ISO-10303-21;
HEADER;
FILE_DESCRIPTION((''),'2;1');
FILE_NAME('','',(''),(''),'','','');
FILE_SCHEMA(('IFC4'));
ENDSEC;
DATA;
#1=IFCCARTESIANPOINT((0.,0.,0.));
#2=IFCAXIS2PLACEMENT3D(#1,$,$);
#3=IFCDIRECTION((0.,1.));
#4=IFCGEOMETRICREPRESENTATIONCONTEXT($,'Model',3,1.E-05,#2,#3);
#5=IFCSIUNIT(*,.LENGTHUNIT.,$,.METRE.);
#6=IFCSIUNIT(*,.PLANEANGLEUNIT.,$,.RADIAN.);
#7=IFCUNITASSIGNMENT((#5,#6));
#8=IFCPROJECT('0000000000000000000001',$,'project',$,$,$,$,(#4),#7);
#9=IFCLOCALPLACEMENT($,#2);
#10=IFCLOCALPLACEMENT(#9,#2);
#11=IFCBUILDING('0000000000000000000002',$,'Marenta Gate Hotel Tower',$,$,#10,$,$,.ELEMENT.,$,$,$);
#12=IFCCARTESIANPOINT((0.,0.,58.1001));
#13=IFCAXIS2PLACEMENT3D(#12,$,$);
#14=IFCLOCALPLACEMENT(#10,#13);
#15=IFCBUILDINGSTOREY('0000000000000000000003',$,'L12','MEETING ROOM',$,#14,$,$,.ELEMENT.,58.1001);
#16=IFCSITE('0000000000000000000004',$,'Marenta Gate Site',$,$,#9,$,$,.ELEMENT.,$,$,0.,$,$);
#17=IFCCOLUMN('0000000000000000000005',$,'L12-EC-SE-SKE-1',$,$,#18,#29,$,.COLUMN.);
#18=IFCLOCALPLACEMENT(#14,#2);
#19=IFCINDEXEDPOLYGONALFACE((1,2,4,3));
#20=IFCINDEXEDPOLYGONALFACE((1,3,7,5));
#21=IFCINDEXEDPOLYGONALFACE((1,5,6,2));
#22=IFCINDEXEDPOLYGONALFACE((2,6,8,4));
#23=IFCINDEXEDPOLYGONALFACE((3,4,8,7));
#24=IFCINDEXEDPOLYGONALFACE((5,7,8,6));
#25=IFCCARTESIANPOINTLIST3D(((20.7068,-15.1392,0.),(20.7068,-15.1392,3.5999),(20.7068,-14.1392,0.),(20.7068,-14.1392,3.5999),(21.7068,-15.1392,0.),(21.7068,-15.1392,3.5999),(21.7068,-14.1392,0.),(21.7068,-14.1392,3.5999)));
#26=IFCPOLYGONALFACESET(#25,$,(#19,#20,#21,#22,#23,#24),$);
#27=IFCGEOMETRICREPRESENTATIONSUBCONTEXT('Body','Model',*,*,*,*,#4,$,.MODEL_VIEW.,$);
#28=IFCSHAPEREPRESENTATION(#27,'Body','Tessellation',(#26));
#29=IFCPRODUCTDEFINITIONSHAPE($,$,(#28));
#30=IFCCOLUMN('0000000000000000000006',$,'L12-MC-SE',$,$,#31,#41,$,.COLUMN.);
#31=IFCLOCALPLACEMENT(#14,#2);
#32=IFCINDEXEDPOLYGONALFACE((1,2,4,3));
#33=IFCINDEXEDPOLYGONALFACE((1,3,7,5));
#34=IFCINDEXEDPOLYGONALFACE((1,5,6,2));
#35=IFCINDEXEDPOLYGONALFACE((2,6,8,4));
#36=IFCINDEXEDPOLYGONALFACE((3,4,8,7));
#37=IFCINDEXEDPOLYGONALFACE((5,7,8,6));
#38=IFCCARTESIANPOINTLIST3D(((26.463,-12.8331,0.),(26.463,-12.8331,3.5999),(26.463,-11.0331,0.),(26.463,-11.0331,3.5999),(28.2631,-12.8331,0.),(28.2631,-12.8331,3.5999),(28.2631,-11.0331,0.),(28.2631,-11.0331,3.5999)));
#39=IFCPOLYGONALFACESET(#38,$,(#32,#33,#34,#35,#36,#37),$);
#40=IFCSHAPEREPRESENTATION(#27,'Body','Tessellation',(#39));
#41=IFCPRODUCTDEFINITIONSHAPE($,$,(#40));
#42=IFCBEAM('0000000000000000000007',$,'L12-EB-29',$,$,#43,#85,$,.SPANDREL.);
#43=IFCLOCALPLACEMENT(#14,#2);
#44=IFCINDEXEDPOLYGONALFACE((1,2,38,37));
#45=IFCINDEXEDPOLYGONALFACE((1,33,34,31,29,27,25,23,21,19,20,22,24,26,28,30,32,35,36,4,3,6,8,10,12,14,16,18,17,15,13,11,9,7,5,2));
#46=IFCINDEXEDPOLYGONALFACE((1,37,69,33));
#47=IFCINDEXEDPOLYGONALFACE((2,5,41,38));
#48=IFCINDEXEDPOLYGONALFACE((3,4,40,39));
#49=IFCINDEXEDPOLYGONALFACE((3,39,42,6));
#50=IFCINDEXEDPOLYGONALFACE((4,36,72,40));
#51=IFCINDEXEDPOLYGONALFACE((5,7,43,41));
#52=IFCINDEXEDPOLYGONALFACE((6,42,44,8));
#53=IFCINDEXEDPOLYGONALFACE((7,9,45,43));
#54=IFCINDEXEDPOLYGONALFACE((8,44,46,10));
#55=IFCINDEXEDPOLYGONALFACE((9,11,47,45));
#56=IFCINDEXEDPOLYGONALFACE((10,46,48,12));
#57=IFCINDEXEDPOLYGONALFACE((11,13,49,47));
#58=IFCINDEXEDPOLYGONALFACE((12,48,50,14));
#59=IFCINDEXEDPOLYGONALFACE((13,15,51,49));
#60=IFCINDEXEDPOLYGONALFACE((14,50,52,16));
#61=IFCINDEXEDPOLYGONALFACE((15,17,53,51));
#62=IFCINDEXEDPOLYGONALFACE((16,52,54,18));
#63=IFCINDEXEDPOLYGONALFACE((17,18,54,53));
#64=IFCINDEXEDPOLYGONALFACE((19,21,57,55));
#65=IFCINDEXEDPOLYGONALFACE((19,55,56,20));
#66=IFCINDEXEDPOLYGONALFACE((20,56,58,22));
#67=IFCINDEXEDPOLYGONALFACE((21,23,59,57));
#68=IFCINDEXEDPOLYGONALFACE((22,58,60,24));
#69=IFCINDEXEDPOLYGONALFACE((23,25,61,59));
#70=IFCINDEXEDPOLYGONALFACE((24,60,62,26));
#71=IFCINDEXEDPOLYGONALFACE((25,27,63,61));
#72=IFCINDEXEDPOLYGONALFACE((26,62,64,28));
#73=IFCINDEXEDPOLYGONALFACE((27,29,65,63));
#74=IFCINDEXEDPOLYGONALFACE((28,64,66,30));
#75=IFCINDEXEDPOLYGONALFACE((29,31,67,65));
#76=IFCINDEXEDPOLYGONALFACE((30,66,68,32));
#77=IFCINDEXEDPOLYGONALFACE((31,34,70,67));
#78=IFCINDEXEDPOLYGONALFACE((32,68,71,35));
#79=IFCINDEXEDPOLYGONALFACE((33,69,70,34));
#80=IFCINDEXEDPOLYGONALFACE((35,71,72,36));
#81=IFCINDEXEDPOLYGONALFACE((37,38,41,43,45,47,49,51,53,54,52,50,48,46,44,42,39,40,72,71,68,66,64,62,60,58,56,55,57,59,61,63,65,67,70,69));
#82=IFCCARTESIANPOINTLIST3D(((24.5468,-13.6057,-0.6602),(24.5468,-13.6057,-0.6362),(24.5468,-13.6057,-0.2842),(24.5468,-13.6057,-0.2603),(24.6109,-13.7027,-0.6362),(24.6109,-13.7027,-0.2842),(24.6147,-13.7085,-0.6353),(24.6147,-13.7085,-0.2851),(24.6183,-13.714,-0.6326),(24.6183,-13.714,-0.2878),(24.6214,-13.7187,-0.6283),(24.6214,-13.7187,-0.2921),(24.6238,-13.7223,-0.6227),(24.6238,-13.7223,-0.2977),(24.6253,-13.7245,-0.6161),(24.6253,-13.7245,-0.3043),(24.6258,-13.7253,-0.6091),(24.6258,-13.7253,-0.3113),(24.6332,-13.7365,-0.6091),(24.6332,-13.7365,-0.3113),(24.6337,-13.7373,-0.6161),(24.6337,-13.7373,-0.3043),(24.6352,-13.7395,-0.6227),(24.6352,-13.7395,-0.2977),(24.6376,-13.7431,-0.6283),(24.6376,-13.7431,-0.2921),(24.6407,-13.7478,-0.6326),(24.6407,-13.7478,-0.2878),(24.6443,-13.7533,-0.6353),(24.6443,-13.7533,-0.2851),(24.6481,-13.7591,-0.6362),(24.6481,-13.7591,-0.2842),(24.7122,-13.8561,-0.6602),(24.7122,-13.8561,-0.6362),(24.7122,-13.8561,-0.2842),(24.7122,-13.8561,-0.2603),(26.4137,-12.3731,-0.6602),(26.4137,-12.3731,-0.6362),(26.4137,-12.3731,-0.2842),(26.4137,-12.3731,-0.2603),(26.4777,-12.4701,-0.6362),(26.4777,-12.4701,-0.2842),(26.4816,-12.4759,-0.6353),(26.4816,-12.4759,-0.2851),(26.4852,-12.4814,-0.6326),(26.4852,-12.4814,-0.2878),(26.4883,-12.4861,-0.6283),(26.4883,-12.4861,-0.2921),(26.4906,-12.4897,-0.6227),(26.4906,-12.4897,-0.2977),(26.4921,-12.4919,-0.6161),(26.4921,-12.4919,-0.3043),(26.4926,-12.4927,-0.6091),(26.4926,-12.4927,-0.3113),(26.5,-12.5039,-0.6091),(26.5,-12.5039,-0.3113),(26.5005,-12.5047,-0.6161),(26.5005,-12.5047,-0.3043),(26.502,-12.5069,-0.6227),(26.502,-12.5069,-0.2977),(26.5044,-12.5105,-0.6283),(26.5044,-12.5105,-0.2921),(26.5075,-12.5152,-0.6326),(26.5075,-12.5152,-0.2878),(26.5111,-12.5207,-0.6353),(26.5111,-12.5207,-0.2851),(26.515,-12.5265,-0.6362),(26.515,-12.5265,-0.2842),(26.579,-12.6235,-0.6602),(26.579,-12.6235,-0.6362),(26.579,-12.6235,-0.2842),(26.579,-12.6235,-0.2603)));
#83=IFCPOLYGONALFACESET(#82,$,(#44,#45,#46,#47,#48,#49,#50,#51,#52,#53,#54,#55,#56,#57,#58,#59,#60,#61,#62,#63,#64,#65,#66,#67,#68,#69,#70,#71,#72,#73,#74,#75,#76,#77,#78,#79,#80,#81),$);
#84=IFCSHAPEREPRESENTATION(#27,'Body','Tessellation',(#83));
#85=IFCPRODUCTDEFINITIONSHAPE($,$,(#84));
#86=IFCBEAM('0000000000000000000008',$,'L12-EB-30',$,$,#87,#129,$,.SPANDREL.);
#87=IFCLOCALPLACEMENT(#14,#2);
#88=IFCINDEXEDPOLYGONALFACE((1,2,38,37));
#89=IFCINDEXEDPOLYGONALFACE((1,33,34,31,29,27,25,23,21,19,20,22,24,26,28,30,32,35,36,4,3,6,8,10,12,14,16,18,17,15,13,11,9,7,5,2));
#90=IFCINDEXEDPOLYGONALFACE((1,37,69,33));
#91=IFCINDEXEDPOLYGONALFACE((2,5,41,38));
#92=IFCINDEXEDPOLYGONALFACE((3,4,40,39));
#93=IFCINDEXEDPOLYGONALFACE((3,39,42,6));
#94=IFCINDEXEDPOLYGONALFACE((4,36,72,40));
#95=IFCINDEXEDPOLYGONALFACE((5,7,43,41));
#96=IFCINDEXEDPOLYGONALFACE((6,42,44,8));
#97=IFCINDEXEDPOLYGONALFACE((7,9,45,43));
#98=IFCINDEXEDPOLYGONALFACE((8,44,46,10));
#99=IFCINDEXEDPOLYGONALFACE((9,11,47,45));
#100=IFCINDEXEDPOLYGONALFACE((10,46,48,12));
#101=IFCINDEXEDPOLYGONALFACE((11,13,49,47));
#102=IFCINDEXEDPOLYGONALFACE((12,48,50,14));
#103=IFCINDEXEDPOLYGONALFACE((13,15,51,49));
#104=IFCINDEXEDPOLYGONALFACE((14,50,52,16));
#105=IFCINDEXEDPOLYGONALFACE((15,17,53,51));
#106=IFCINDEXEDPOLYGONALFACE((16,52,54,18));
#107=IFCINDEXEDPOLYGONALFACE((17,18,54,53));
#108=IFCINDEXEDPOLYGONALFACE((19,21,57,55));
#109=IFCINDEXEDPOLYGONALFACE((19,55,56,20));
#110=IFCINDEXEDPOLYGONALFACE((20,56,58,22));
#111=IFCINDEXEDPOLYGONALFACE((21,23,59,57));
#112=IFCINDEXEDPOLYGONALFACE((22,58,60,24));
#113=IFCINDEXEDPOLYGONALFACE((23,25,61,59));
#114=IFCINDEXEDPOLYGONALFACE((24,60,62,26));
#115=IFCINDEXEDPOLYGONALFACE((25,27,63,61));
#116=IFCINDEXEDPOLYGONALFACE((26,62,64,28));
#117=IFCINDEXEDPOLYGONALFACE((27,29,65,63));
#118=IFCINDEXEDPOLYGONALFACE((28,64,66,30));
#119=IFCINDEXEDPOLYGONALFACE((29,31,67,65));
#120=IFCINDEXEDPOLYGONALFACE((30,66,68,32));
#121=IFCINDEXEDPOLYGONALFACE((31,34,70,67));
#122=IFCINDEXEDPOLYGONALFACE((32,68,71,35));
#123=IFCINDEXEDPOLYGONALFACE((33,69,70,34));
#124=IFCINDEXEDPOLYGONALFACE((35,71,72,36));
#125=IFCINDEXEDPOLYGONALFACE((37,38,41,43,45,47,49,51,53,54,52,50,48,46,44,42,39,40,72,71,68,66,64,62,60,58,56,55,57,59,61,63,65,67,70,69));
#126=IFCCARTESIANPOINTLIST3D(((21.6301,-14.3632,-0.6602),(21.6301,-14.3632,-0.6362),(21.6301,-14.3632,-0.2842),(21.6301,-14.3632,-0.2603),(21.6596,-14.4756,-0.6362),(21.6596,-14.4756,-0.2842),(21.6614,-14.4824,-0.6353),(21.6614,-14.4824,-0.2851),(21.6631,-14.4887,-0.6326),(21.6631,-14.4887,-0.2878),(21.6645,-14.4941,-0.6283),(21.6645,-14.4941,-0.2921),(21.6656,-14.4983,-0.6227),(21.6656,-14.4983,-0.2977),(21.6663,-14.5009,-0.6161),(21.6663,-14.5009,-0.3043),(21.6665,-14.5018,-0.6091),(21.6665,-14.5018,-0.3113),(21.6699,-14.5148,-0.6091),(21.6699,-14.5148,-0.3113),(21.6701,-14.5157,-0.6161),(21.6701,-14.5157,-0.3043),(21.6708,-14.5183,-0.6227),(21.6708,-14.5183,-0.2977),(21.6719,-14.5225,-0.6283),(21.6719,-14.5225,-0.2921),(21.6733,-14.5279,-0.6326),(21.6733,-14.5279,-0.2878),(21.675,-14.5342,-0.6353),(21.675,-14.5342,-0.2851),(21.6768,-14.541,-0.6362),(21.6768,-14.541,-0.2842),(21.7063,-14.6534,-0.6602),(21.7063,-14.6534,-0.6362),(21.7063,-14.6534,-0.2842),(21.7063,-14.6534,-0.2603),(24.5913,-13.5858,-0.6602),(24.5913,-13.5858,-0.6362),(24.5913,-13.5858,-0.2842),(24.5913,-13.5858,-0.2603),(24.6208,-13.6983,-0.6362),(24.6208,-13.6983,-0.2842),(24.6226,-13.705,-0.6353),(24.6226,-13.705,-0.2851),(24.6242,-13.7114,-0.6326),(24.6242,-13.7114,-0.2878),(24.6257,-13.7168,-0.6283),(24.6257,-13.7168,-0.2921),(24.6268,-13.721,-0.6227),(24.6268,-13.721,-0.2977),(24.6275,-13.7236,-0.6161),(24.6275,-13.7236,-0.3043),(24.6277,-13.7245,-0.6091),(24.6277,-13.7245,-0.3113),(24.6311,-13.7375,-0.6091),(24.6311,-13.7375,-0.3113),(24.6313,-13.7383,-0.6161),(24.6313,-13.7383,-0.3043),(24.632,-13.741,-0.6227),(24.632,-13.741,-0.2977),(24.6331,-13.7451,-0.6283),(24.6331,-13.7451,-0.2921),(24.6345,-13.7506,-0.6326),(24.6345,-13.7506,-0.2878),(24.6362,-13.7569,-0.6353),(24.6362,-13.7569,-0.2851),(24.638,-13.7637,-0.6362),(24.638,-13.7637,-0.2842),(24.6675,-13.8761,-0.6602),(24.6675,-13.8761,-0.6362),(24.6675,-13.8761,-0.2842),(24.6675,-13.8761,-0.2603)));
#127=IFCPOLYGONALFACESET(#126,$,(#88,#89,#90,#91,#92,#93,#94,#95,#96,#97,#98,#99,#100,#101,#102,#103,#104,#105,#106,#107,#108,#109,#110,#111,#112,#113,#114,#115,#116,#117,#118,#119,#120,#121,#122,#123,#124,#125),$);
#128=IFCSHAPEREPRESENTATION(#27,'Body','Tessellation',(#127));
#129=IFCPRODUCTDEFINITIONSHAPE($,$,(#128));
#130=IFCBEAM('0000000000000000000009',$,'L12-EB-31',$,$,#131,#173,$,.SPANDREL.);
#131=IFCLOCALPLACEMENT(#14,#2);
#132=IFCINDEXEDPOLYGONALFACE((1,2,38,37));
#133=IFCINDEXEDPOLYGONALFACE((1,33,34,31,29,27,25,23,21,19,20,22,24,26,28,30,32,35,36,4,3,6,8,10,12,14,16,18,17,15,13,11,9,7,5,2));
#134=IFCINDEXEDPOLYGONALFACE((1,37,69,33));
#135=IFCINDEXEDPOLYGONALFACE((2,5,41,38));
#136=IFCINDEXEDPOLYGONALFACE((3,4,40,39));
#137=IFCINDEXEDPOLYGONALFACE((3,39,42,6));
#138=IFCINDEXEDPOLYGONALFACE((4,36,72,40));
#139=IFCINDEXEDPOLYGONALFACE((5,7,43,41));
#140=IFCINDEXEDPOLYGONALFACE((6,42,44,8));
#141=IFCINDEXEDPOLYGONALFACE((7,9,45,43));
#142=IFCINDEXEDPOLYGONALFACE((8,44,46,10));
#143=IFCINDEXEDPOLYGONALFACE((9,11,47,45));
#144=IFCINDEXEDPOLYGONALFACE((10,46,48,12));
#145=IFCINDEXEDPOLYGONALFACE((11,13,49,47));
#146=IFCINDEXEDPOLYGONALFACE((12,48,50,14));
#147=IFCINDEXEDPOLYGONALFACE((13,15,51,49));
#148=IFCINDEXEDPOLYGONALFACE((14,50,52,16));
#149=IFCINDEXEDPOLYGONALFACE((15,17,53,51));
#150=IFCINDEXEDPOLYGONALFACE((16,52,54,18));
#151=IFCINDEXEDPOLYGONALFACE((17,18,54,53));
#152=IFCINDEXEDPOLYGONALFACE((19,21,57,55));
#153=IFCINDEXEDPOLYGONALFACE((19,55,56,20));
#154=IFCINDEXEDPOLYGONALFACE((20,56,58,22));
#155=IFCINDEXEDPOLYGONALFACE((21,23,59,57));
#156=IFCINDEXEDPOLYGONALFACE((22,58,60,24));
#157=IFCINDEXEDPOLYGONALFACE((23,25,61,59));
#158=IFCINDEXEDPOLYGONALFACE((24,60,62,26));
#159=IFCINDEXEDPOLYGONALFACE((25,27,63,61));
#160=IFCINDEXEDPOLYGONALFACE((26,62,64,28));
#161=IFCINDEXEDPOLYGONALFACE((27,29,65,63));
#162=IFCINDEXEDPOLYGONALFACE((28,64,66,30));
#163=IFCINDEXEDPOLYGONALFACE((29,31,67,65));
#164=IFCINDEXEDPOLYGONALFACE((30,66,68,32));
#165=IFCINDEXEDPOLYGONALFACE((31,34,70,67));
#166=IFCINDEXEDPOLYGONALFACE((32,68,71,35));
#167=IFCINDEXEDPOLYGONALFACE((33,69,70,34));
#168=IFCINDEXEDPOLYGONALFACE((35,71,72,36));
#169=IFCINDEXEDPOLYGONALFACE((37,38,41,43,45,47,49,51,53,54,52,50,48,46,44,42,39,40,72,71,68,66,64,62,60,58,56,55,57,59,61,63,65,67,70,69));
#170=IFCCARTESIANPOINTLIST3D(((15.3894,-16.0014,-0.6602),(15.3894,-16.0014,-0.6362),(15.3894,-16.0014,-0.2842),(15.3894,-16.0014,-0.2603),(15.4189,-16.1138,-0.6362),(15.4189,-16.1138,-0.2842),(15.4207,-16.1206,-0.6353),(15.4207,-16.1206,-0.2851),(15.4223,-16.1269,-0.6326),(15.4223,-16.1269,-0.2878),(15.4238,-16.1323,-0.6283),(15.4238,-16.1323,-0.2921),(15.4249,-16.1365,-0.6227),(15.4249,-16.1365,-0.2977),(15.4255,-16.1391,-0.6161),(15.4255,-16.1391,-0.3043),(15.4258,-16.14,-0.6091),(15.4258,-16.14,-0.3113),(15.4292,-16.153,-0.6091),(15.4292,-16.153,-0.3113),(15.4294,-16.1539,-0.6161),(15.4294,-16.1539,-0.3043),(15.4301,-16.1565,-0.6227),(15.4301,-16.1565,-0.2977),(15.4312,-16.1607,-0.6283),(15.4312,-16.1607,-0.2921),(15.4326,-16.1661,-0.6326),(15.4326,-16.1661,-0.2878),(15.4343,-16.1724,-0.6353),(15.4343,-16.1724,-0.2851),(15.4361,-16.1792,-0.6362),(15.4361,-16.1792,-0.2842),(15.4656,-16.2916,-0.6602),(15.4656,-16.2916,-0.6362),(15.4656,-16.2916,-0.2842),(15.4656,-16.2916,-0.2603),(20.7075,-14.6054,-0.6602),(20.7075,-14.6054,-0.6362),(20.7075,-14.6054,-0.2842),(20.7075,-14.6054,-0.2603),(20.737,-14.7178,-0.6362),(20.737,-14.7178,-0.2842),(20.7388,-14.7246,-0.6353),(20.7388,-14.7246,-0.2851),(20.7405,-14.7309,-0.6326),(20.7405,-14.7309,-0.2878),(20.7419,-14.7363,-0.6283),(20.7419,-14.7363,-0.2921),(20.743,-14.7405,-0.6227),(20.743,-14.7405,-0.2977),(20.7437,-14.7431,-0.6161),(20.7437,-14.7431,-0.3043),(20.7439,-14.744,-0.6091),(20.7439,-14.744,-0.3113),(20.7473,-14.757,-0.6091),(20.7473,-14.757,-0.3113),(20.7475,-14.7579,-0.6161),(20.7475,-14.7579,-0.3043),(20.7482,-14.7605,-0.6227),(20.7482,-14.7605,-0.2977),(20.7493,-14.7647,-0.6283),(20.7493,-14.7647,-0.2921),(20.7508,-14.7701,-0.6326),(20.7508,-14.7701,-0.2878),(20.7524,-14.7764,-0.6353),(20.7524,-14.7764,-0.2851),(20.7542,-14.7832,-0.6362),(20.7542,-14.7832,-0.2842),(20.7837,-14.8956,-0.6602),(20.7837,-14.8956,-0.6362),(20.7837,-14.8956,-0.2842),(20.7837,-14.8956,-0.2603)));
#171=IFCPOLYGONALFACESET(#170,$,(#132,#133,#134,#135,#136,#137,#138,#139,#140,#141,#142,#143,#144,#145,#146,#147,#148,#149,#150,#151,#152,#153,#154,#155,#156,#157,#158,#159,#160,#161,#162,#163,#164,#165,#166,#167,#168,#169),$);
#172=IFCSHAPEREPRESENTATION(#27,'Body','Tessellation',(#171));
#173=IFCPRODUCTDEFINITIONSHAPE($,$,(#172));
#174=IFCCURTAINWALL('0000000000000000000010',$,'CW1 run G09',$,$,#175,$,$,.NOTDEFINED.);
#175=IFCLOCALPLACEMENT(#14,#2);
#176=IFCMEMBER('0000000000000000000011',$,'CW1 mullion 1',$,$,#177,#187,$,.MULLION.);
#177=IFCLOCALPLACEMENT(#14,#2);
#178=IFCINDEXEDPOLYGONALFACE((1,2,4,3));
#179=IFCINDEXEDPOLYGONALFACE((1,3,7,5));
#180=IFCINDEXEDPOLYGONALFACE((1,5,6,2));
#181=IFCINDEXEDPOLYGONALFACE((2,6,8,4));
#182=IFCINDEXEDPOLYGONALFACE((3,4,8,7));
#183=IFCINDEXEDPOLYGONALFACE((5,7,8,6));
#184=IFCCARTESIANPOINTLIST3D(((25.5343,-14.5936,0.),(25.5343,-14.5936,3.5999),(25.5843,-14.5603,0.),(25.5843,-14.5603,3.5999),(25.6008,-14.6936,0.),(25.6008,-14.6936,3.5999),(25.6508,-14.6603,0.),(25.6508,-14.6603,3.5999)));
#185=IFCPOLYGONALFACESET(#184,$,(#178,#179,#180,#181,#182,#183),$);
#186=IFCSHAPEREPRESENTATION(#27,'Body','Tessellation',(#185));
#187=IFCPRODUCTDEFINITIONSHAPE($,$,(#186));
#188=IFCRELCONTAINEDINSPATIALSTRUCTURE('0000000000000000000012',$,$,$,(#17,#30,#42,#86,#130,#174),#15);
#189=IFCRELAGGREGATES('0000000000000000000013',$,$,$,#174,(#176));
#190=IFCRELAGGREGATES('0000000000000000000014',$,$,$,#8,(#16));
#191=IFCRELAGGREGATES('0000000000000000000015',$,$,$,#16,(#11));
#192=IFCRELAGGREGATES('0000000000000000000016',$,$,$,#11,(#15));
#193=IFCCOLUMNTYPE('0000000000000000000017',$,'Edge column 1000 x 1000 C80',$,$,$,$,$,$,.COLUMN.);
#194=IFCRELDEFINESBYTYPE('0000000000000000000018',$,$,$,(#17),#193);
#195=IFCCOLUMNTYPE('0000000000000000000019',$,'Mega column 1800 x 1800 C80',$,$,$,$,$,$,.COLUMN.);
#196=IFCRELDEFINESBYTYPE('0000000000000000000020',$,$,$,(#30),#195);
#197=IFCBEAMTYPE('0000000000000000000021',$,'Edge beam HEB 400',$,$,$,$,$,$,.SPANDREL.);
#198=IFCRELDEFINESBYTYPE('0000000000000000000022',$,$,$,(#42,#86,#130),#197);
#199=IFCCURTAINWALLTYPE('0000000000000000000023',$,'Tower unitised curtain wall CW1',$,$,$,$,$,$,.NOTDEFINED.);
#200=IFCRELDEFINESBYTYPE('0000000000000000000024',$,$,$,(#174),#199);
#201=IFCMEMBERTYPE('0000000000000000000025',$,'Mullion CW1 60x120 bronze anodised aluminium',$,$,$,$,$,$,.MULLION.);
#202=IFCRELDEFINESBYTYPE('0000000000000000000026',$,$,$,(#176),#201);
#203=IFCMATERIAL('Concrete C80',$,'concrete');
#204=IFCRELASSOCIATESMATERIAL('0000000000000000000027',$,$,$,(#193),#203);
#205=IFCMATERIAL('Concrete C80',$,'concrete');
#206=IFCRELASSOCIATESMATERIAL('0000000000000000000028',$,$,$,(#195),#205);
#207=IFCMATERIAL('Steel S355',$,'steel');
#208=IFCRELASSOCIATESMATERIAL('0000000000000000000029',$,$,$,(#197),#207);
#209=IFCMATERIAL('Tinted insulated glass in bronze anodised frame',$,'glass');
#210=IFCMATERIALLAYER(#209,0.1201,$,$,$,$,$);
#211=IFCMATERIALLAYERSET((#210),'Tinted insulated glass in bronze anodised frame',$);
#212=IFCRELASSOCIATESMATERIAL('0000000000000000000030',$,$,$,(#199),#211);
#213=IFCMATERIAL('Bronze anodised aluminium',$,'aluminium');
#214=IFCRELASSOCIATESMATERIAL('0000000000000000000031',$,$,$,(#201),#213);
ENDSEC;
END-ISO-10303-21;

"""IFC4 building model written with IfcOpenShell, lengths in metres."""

from ifc_helpers import new_model, si_unit, direction, frame, origin, origin_2d, place, context, subcontext, project, spatial, rectangle, i_section, extrude, material, layer, layer_set, material_profile, profile_set, type_object, element, aggregate, save


model = new_model("IFC4")

# Units and contexts
model_context = context("Model", 3, precision=1e-05, world=origin(), true_north=direction((0.0, 1.0)))
body_context = subcontext(model_context, "Body", "Model", "MODEL_VIEW")
ifc_project = project(units=[si_unit("LENGTHUNIT", "METRE"), si_unit("PLANEANGLEUNIT", "RADIAN")], contexts=[model_context])

# Site, building, storey
site_placement = place(None, origin())
site = spatial("IfcSite", under=ifc_project, at=site_placement, Name="Marenta Gate Site", CompositionType="ELEMENT", RefElevation=0.0)
building_placement = place(site_placement, origin())
building = spatial("IfcBuilding", under=site, at=building_placement, Name="Marenta Gate Hotel Tower", CompositionType="ELEMENT")
storey_placement = place(building_placement, frame((0.0, 0.0, 58.1001)))
storey = spatial("IfcBuildingStorey", under=building, at=storey_placement, Name="L12", Description="MEETING ROOM", CompositionType="ELEMENT", Elevation=58.1001)

# Columns
ifc_material_1 = material(Name="Concrete C80", Category="concrete")
ifc_material_profile_1 = material_profile(ifc_material_1, rectangle(XDim=1.0, YDim=1.0, at=origin_2d()), Name="1000 x 1000")
ifc_profile_set_1 = profile_set([ifc_material_profile_1], Name="Concrete C80")
column_type_1 = type_object("IfcColumnType", Name="Edge column 1000 x 1000 C80", PredefinedType="COLUMN", material=ifc_profile_set_1)
column_1_placement = place(storey_placement, frame((21.2068, -14.6392, 0.0), z_axis=(0.0, 0.0, 1.0), x_axis=(1.0, 0.0, 0.0)))
element("IfcColumn", 1, at=column_1_placement, inside=storey, type_object=column_type_1, Name="L12-EC-SE-SKE-1", PredefinedType="COLUMN", context=body_context, shape_type="SweptSolid", body=[
    extrude(rectangle(XDim=1.0, YDim=1.0, at=origin_2d()), origin(), (0.0, 0.0, 1.0), 3.5999),
])
ifc_material_2 = material(Name="Concrete C80", Category="concrete")
ifc_material_profile_2 = material_profile(ifc_material_2, rectangle(XDim=1.8, YDim=1.8, at=origin_2d()), Name="1800 x 1800")
ifc_profile_set_2 = profile_set([ifc_material_profile_2], Name="Concrete C80")
column_type_2 = type_object("IfcColumnType", Name="Mega column 1800 x 1800 C80", PredefinedType="COLUMN", material=ifc_profile_set_2)
column_2_placement = place(storey_placement, frame((27.363, -11.9331, 0.0), z_axis=(0.0, 0.0, 1.0), x_axis=(1.0, 0.0, 0.0)))
element("IfcColumn", 2, at=column_2_placement, inside=storey, type_object=column_type_2, Name="L12-MC-SE", PredefinedType="COLUMN", context=body_context, shape_type="SweptSolid", body=[
    extrude(rectangle(XDim=1.8, YDim=1.8, at=origin_2d()), origin(), (0.0, 0.0, 1.0), 3.5999),
])

# Beams
ifc_material_3 = material(Name="Steel S355", Category="steel")
ifc_material_profile_3 = material_profile(ifc_material_3, i_section(OverallWidth=0.3, OverallDepth=0.3999, WebThickness=0.0134, FlangeThickness=0.0239, FilletRadius=0.0271, at=origin_2d()), Name="HEB 400")
ifc_profile_set_3 = profile_set([ifc_material_profile_3], Name="Steel S355")
beam_type = type_object("IfcBeamType", Name="Edge beam HEB 400", PredefinedType="SPANDREL", material=ifc_profile_set_3)
beam_1_placement = place(storey_placement, frame((26.4963, -12.4983, -0.4602), z_axis=(-0.83451, -0.550993, 0.0), x_axis=(0.550993, -0.83451, 0.0)))
element("IfcBeam", 3, at=beam_1_placement, inside=storey, type_object=beam_type, Name="L12-EB-29", PredefinedType="SPANDREL", context=body_context, shape_type="SweptSolid", body=[
    extrude(i_section(OverallWidth=0.3, OverallDepth=0.3999, WebThickness=0.0134, FlangeThickness=0.0239, FilletRadius=0.0271, at=origin_2d()), origin(), (0.0, 0.0, 1.0), 2.2371),
])
beam_2_placement = place(storey_placement, frame((24.6294, -13.731, -0.4602), z_axis=(-0.967228, -0.253908, 0.0), x_axis=(0.253908, -0.967228, 0.0)))
element("IfcBeam", 4, at=beam_2_placement, inside=storey, type_object=beam_type, Name="L12-EB-30", PredefinedType="SPANDREL", context=body_context, shape_type="SweptSolid", body=[
    extrude(i_section(OverallWidth=0.3, OverallDepth=0.3999, WebThickness=0.0134, FlangeThickness=0.0239, FilletRadius=0.0271, at=origin_2d()), origin(), (0.0, 0.0, 1.0), 3.0615),
])
beam_3_placement = place(storey_placement, frame((20.7456, -14.7505, -0.4602), z_axis=(-0.967231, -0.253897, 0.0), x_axis=(0.253897, -0.967231, 0.0)))
element("IfcBeam", 5, at=beam_3_placement, inside=storey, type_object=beam_type, Name="L12-EB-31", PredefinedType="SPANDREL", context=body_context, shape_type="SweptSolid", body=[
    extrude(i_section(OverallWidth=0.3, OverallDepth=0.3999, WebThickness=0.0134, FlangeThickness=0.0239, FilletRadius=0.0271, at=origin_2d()), origin(), (0.0, 0.0, 1.0), 5.4983),
])

# Curtain wall, member
ifc_material_4 = material(Name="Tinted insulated glass in bronze anodised frame", Category="glass")
ifc_layer_1 = layer(ifc_material_4, 0.1201)
ifc_layer_set_1 = layer_set([ifc_layer_1], Name="Tinted insulated glass in bronze anodised frame")
curtain_wall_type = type_object("IfcCurtainWallType", Name="Tower unitised curtain wall CW1", PredefinedType="NOTDEFINED", material=ifc_layer_set_1)
curtain_wall_1_placement = place(storey_placement, origin())
curtain_wall_1 = element("IfcCurtainWall", 6, at=curtain_wall_1_placement, inside=storey, type_object=curtain_wall_type, Name="CW1 run G09", PredefinedType="NOTDEFINED")
ifc_material_5 = material(Name="Bronze anodised aluminium", Category="aluminium")
ifc_material_profile_4 = material_profile(ifc_material_5, rectangle(XDim=0.1201, YDim=0.0601, at=origin_2d()), Name="Mullion CW1 60x120 bronze anodised aluminium")
ifc_profile_set_4 = profile_set([ifc_material_profile_4], Name="Bronze anodised aluminium")
member_type_1 = type_object("IfcMemberType", Name="Mullion CW1 60x120 bronze anodised aluminium", PredefinedType="MULLION", material=ifc_profile_set_4)
member_1_placement = place(storey_placement, frame((25.5925, -14.627, 0.0), z_axis=(0.0, 0.0, 1.0), x_axis=(-0.554034, 0.832494, 0.0)))
member_1 = element("IfcMember", 7, at=member_1_placement, type_object=member_type_1, Name="CW1 mullion 1", PredefinedType="MULLION", context=body_context, shape_type="SweptSolid", body=[
    extrude(rectangle(XDim=0.1201, YDim=0.0601, at=origin_2d()), origin(), (0.0, 0.0, 1.0), 3.5999),
])

aggregate(curtain_wall_1, [member_1])

save(model, "model.ifc")
